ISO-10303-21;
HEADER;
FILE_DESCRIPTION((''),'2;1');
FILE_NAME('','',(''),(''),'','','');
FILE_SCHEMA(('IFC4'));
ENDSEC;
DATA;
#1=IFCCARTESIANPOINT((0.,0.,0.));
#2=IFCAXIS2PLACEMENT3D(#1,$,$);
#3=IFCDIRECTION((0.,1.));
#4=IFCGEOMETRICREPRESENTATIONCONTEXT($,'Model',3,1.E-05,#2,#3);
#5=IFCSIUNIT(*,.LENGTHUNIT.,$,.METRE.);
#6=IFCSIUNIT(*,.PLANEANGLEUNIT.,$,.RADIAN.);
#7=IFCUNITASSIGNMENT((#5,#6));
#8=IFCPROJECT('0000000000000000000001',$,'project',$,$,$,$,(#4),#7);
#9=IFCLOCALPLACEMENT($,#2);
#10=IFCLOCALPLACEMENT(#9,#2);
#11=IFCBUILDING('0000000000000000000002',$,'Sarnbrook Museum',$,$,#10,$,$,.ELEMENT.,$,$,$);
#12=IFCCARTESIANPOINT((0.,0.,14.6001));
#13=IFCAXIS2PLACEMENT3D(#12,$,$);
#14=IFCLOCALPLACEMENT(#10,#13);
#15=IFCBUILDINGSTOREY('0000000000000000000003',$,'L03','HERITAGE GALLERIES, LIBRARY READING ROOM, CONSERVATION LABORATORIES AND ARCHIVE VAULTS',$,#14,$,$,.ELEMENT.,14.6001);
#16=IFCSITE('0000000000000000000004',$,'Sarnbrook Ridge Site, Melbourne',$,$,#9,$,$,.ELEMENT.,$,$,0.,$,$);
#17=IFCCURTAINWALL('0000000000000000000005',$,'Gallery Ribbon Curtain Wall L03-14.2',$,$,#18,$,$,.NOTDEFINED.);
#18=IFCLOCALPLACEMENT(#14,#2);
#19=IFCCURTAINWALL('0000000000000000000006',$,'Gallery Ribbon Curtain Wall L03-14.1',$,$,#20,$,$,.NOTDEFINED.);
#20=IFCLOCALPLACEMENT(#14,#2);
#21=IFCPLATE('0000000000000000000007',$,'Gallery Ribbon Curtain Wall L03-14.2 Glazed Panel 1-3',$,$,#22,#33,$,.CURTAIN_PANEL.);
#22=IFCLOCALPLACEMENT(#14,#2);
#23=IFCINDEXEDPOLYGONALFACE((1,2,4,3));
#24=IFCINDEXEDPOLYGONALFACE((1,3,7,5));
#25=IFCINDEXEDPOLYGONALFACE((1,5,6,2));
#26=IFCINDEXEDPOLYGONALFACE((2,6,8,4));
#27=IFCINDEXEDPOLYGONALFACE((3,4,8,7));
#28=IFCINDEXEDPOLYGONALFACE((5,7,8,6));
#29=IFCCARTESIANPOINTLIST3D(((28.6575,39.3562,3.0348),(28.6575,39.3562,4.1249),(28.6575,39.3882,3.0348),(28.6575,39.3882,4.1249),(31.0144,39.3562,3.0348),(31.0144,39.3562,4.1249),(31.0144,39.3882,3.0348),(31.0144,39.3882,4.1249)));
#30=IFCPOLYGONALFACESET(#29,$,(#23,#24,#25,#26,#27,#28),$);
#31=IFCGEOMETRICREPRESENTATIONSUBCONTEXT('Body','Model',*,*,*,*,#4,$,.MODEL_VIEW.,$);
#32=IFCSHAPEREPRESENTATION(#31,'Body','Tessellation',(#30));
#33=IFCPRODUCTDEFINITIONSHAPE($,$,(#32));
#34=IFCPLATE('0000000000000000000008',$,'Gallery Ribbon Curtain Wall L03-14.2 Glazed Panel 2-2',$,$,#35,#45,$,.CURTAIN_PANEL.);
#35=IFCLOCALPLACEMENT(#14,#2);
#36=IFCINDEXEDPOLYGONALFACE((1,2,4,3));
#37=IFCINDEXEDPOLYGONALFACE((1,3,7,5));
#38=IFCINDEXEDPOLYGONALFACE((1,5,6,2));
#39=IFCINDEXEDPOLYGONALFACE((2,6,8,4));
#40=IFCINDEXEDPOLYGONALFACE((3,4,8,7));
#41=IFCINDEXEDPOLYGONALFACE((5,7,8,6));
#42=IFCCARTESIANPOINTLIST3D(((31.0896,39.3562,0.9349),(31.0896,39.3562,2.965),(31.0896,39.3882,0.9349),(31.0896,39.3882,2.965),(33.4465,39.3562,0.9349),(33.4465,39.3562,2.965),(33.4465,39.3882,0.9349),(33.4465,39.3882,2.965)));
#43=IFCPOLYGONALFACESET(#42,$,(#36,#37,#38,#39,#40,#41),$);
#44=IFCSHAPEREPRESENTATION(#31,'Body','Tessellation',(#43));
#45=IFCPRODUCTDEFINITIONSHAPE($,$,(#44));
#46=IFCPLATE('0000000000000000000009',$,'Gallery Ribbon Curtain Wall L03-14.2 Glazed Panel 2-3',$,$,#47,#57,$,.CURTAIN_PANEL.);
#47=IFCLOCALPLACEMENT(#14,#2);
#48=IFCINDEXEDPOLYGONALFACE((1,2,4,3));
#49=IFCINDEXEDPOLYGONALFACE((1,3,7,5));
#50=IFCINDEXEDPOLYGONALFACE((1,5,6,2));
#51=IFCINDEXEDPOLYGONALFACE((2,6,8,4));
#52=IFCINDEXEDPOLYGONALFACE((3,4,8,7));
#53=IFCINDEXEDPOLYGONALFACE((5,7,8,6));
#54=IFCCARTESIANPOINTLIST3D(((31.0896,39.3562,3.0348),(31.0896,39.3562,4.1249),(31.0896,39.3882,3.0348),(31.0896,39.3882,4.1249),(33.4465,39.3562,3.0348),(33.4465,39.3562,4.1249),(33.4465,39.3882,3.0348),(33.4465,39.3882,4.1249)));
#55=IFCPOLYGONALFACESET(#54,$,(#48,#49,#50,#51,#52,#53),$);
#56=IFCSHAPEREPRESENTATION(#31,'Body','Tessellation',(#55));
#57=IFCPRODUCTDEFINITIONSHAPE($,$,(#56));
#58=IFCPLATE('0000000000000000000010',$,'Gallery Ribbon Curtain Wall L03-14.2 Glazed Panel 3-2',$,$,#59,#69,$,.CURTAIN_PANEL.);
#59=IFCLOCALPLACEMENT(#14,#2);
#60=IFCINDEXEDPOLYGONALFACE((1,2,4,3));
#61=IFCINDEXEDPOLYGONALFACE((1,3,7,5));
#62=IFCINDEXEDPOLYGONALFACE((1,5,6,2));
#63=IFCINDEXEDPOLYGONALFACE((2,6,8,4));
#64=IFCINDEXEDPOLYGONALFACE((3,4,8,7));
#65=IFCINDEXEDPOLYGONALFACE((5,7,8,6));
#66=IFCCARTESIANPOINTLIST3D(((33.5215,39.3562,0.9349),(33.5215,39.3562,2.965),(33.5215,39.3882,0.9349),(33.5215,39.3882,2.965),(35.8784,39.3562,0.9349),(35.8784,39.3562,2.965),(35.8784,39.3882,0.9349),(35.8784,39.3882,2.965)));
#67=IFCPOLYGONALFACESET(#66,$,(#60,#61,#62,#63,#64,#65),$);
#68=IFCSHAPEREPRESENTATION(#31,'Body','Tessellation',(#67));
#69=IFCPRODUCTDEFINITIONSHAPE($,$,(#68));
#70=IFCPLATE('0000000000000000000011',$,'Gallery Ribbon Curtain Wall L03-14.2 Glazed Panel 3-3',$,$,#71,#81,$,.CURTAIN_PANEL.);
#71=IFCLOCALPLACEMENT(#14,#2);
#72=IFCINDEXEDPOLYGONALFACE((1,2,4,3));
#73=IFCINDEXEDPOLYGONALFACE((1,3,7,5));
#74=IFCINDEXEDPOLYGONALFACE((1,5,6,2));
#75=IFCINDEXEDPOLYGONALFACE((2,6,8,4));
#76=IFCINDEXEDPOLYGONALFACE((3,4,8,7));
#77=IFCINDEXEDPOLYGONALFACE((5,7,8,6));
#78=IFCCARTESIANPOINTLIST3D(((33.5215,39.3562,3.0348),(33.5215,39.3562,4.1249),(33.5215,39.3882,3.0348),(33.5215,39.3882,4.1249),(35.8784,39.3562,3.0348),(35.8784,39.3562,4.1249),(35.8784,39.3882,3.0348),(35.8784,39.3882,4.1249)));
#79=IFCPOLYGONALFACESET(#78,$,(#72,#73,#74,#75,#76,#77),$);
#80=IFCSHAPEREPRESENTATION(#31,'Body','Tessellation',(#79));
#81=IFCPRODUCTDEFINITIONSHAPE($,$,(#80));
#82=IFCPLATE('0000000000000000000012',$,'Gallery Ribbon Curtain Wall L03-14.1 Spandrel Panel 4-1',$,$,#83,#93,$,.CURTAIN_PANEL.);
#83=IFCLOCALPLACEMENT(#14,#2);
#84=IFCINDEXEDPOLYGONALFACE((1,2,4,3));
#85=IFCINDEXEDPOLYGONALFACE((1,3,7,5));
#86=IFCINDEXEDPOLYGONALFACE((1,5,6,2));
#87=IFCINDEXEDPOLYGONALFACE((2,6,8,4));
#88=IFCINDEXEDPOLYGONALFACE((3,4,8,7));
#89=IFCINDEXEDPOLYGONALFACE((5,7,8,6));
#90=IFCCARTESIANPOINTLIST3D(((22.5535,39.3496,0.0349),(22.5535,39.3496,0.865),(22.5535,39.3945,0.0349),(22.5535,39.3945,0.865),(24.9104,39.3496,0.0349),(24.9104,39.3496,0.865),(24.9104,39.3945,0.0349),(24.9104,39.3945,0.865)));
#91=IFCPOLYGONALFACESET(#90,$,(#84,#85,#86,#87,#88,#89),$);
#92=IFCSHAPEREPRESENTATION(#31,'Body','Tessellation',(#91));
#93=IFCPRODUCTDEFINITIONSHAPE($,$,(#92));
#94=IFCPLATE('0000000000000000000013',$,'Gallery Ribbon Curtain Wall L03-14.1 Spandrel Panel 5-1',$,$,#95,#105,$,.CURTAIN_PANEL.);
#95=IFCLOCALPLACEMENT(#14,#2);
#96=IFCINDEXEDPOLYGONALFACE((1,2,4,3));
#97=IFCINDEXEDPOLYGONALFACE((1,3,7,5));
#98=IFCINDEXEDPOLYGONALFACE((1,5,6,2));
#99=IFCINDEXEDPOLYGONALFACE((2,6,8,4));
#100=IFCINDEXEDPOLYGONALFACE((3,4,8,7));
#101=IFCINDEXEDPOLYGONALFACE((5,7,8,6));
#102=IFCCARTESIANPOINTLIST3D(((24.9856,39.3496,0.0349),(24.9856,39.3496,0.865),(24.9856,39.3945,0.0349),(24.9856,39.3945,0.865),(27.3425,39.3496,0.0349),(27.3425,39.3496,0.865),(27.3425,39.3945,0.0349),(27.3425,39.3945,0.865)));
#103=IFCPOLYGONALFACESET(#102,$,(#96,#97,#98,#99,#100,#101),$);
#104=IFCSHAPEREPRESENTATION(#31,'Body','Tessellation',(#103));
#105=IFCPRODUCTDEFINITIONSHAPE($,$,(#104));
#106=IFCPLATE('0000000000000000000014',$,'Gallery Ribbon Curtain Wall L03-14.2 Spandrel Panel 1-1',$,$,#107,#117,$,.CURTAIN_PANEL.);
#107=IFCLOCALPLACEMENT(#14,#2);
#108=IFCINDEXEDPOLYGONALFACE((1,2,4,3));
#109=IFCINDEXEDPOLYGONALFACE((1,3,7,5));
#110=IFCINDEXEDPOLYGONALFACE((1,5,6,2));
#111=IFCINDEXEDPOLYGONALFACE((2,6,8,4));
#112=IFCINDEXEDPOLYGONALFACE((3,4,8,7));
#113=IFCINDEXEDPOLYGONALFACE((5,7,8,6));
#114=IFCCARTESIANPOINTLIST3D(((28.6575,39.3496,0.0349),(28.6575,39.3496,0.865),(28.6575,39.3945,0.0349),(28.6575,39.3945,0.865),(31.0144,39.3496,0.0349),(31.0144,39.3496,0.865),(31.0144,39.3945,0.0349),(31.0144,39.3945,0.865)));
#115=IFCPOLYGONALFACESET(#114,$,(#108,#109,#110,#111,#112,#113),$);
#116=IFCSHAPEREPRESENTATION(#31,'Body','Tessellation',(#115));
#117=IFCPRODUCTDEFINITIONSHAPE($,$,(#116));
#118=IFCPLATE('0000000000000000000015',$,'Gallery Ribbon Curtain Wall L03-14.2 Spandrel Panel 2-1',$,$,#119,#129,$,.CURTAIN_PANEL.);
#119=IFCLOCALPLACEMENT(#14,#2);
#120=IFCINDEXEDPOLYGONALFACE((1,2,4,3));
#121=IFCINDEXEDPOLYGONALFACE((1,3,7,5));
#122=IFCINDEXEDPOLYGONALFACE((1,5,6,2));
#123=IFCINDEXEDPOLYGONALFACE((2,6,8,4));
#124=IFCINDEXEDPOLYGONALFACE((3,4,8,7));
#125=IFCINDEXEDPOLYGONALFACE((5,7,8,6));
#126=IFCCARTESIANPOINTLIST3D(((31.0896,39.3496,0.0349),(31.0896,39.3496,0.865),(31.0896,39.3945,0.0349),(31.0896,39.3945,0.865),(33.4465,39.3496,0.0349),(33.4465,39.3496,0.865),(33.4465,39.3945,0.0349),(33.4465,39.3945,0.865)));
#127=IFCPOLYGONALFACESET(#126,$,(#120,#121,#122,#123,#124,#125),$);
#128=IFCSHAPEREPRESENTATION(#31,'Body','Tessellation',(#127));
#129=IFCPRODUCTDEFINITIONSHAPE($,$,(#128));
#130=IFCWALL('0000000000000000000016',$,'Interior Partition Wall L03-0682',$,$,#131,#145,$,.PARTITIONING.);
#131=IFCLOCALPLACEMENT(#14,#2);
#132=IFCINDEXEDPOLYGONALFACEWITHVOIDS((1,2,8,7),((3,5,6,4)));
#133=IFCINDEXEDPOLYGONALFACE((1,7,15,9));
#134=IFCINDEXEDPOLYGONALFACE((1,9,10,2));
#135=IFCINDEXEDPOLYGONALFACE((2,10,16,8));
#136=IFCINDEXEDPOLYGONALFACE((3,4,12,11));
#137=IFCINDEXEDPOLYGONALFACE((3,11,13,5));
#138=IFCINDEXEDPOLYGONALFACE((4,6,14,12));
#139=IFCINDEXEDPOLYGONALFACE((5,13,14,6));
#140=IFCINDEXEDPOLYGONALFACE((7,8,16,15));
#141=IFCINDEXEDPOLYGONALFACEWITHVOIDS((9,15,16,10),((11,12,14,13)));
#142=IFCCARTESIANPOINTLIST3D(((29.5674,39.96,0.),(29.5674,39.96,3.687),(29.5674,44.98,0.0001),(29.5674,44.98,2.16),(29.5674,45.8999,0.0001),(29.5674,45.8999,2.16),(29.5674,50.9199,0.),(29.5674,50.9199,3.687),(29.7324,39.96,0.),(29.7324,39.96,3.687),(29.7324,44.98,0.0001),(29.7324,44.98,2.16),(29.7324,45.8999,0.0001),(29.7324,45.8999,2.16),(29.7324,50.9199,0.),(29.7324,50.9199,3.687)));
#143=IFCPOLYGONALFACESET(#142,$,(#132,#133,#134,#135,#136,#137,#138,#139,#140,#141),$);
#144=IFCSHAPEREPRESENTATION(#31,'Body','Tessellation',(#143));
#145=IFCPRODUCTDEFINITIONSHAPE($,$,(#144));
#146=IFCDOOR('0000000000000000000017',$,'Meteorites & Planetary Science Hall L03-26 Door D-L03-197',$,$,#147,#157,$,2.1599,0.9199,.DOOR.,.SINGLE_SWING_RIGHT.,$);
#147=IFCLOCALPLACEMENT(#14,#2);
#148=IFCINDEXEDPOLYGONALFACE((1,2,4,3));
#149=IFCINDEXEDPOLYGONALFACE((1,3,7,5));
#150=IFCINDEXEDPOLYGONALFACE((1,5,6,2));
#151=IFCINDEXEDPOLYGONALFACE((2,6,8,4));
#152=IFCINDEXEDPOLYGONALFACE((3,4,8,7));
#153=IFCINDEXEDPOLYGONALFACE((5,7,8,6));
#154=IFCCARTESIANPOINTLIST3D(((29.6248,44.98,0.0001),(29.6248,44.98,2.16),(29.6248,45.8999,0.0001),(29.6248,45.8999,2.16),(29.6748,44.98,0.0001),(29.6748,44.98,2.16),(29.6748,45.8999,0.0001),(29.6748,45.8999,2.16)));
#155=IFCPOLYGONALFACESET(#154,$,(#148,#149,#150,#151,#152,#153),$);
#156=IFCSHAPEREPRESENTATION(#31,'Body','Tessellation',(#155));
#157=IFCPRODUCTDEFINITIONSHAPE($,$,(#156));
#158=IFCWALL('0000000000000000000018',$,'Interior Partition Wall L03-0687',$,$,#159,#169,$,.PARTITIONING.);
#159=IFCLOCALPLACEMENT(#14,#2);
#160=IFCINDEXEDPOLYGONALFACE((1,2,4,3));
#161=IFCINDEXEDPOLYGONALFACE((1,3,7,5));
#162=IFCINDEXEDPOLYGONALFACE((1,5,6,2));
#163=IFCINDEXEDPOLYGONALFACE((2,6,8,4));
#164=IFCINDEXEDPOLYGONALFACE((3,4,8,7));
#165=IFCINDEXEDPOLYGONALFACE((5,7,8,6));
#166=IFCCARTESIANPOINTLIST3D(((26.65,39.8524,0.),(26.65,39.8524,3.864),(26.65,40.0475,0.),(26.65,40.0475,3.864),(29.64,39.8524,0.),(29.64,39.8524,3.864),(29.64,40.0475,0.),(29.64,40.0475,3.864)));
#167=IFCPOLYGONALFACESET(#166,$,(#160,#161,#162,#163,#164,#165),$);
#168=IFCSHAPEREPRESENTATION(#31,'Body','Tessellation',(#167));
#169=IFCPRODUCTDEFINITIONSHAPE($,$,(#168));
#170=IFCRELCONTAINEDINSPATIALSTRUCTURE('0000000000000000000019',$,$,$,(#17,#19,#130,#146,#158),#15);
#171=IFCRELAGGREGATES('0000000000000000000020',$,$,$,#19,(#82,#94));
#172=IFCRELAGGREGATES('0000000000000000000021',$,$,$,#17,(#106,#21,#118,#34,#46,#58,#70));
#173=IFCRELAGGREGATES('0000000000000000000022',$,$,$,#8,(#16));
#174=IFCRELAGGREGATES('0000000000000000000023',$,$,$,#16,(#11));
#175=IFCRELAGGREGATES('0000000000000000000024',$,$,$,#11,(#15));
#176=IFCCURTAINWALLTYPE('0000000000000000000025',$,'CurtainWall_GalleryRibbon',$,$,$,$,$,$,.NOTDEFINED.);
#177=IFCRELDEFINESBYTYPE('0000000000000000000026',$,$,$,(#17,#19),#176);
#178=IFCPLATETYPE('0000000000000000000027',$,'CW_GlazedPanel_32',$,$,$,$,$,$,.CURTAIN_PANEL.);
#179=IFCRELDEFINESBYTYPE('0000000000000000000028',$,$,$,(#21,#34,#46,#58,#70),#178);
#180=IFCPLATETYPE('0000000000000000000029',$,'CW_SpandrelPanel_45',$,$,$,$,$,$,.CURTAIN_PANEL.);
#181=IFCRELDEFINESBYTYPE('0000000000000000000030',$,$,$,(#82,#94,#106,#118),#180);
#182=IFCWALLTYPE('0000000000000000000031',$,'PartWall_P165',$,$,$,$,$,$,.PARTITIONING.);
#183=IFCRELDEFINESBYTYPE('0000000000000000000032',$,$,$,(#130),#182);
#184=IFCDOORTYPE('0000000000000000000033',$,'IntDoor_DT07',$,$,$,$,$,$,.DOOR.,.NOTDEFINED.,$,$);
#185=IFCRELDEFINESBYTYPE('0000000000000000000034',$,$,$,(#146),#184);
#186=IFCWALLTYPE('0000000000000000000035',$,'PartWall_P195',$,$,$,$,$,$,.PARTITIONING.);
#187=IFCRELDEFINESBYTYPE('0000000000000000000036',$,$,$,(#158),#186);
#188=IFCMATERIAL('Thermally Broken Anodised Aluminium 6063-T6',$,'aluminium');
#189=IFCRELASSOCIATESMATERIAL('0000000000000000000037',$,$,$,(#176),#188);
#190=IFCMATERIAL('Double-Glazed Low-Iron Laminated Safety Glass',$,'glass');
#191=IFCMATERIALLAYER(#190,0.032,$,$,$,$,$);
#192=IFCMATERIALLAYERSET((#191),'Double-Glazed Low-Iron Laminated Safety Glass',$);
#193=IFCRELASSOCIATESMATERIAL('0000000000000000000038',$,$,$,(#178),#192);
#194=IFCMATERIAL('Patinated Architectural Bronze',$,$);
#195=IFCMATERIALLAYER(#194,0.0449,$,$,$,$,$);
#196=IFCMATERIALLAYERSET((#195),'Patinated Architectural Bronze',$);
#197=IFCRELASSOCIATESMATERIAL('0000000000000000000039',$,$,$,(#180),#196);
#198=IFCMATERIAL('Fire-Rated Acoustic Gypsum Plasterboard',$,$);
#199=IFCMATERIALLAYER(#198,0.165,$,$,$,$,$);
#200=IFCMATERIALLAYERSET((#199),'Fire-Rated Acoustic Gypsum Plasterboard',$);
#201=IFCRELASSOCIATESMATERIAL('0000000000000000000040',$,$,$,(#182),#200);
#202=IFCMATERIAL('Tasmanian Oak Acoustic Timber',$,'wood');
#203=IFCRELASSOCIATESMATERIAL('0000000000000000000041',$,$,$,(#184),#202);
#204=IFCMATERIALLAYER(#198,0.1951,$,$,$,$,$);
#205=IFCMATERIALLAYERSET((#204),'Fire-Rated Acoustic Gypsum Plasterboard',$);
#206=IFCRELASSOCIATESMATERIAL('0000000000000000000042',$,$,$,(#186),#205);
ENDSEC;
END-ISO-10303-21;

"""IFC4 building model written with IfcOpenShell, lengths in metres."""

from ifc_helpers import new_model, si_unit, direction, frame, frame_2d, origin, origin_2d, place, context, subcontext, project, spatial, rectangle, extrude, material, layer, layer_set, type_object, element, fill, aggregate, save


model = new_model("IFC4")

# Units and contexts
model_context = context("Model", 3, precision=1e-05, world=origin(), true_north=direction((0.0, 1.0)))
body_context = subcontext(model_context, "Body", "Model", "MODEL_VIEW")
ifc_project = project(units=[si_unit("LENGTHUNIT", "METRE"), si_unit("PLANEANGLEUNIT", "RADIAN")], contexts=[model_context])

# Site, building, storey
site_placement = place(None, origin())
site = spatial("IfcSite", under=ifc_project, at=site_placement, Name="Sarnbrook Ridge Site, Melbourne", CompositionType="ELEMENT", RefElevation=0.0)
building_placement = place(site_placement, origin())
building = spatial("IfcBuilding", under=site, at=building_placement, Name="Sarnbrook Museum", CompositionType="ELEMENT")
storey_placement = place(building_placement, frame((0.0, 0.0, 14.6001)))
storey = spatial("IfcBuildingStorey", under=building, at=storey_placement, Name="L03", Description="HERITAGE GALLERIES, LIBRARY READING ROOM, CONSERVATION LABORATORIES AND ARCHIVE VAULTS", CompositionType="ELEMENT", Elevation=14.6001)

# Curtain wall
ifc_material_1 = material(Name="Thermally Broken Anodised Aluminium 6063-T6", Category="aluminium")
curtain_wall_type = type_object("IfcCurtainWallType", Name="CurtainWall_GalleryRibbon", PredefinedType="NOTDEFINED", material=ifc_material_1)
curtain_wall_1_placement = place(storey_placement, origin())
curtain_wall_1 = element("IfcCurtainWall", 1, at=curtain_wall_1_placement, inside=storey, type_object=curtain_wall_type, Name="Gallery Ribbon Curtain Wall L03-14.2", PredefinedType="NOTDEFINED")

# Curtain wall
curtain_wall_2_placement = place(storey_placement, origin())
curtain_wall_2 = element("IfcCurtainWall", 2, at=curtain_wall_2_placement, inside=storey, type_object=curtain_wall_type, Name="Gallery Ribbon Curtain Wall L03-14.1", PredefinedType="NOTDEFINED")
ifc_material_2 = material(Name="Double-Glazed Low-Iron Laminated Safety Glass", Category="glass")
ifc_layer_1 = layer(ifc_material_2, 0.032)
ifc_layer_set_1 = layer_set([ifc_layer_1], Name="Double-Glazed Low-Iron Laminated Safety Glass")
plate_type_1 = type_object("IfcPlateType", Name="CW_GlazedPanel_32", PredefinedType="CURTAIN_PANEL", material=ifc_layer_set_1)

# Plates
plate_1_placement = place(storey_placement, frame((29.8359, 39.3882, 3.5798), z_axis=(0.0, -1.0, 0.0), x_axis=(1.0, 0.0, 0.0)))
plate_1 = element("IfcPlate", 3, at=plate_1_placement, type_object=plate_type_1, Name="Gallery Ribbon Curtain Wall L03-14.2 Glazed Panel 1-3", PredefinedType="CURTAIN_PANEL", context=body_context, shape_type="SweptSolid", body=[
    extrude(rectangle(XDim=2.3569, YDim=1.0901, at=origin_2d()), origin(), (0.0, 0.0, 1.0), 0.032),
])
plate_2_placement = place(storey_placement, frame((32.2681, 39.3882, 1.95), z_axis=(0.0, -1.0, 0.0), x_axis=(1.0, 0.0, 0.0)))
plate_2 = element("IfcPlate", 4, at=plate_2_placement, type_object=plate_type_1, Name="Gallery Ribbon Curtain Wall L03-14.2 Glazed Panel 2-2", PredefinedType="CURTAIN_PANEL", context=body_context, shape_type="SweptSolid", body=[
    extrude(rectangle(XDim=2.3569, YDim=2.03, at=origin_2d()), origin(), (0.0, 0.0, 1.0), 0.032),
])
plate_3_placement = place(storey_placement, frame((32.2681, 39.3882, 3.5798), z_axis=(0.0, -1.0, 0.0), x_axis=(1.0, 0.0, 0.0)))
plate_3 = element("IfcPlate", 5, at=plate_3_placement, type_object=plate_type_1, Name="Gallery Ribbon Curtain Wall L03-14.2 Glazed Panel 2-3", PredefinedType="CURTAIN_PANEL", context=body_context, shape_type="SweptSolid", body=[
    extrude(rectangle(XDim=2.3569, YDim=1.0901, at=origin_2d()), origin(), (0.0, 0.0, 1.0), 0.032),
])
plate_4_placement = place(storey_placement, frame((34.7, 39.3882, 1.95), z_axis=(0.0, -1.0, 0.0), x_axis=(1.0, 0.0, 0.0)))
plate_4 = element("IfcPlate", 6, at=plate_4_placement, type_object=plate_type_1, Name="Gallery Ribbon Curtain Wall L03-14.2 Glazed Panel 3-2", PredefinedType="CURTAIN_PANEL", context=body_context, shape_type="SweptSolid", body=[
    extrude(rectangle(XDim=2.3569, YDim=2.03, at=origin_2d()), origin(), (0.0, 0.0, 1.0), 0.032),
])
plate_5_placement = place(storey_placement, frame((34.7, 39.3882, 3.5798), z_axis=(0.0, -1.0, 0.0), x_axis=(1.0, 0.0, 0.0)))
plate_5 = element("IfcPlate", 7, at=plate_5_placement, type_object=plate_type_1, Name="Gallery Ribbon Curtain Wall L03-14.2 Glazed Panel 3-3", PredefinedType="CURTAIN_PANEL", context=body_context, shape_type="SweptSolid", body=[
    extrude(rectangle(XDim=2.3569, YDim=1.0901, at=origin_2d()), origin(), (0.0, 0.0, 1.0), 0.032),
])
ifc_material_3 = material(Name="Patinated Architectural Bronze")
ifc_layer_2 = layer(ifc_material_3, 0.0449)
ifc_layer_set_2 = layer_set([ifc_layer_2], Name="Patinated Architectural Bronze")
plate_type_2 = type_object("IfcPlateType", Name="CW_SpandrelPanel_45", PredefinedType="CURTAIN_PANEL", material=ifc_layer_set_2)
plate_6_placement = place(storey_placement, frame((23.7319, 39.3945, 0.45), z_axis=(0.0, -1.0, 0.0), x_axis=(1.0, 0.0, 0.0)))
plate_6 = element("IfcPlate", 8, at=plate_6_placement, type_object=plate_type_2, Name="Gallery Ribbon Curtain Wall L03-14.1 Spandrel Panel 4-1", PredefinedType="CURTAIN_PANEL", context=body_context, shape_type="SweptSolid", body=[
    extrude(rectangle(XDim=2.3569, YDim=0.8301, at=origin_2d()), origin(), (0.0, 0.0, 1.0), 0.0449),
])
plate_7_placement = place(storey_placement, frame((26.1641, 39.3945, 0.45), z_axis=(0.0, -1.0, 0.0), x_axis=(1.0, 0.0, 0.0)))
plate_7 = element("IfcPlate", 9, at=plate_7_placement, type_object=plate_type_2, Name="Gallery Ribbon Curtain Wall L03-14.1 Spandrel Panel 5-1", PredefinedType="CURTAIN_PANEL", context=body_context, shape_type="SweptSolid", body=[
    extrude(rectangle(XDim=2.3569, YDim=0.8301, at=origin_2d()), origin(), (0.0, 0.0, 1.0), 0.0449),
])
aggregate(curtain_wall_2, [plate_6, plate_7])
plate_8_placement = place(storey_placement, frame((29.8359, 39.3945, 0.45), z_axis=(0.0, -1.0, 0.0), x_axis=(1.0, 0.0, 0.0)))
plate_8 = element("IfcPlate", 10, at=plate_8_placement, type_object=plate_type_2, Name="Gallery Ribbon Curtain Wall L03-14.2 Spandrel Panel 1-1", PredefinedType="CURTAIN_PANEL", context=body_context, shape_type="SweptSolid", body=[
    extrude(rectangle(XDim=2.3569, YDim=0.8301, at=origin_2d()), origin(), (0.0, 0.0, 1.0), 0.0449),
])
plate_9_placement = place(storey_placement, frame((32.2681, 39.3945, 0.45), z_axis=(0.0, -1.0, 0.0), x_axis=(1.0, 0.0, 0.0)))
plate_9 = element("IfcPlate", 11, at=plate_9_placement, type_object=plate_type_2, Name="Gallery Ribbon Curtain Wall L03-14.2 Spandrel Panel 2-1", PredefinedType="CURTAIN_PANEL", context=body_context, shape_type="SweptSolid", body=[
    extrude(rectangle(XDim=2.3569, YDim=0.8301, at=origin_2d()), origin(), (0.0, 0.0, 1.0), 0.0449),
])
aggregate(curtain_wall_1, [plate_8, plate_1, plate_9, plate_2, plate_3, plate_4, plate_5])

# Wall, opening, door
ifc_material_4 = material(Name="Fire-Rated Acoustic Gypsum Plasterboard")
ifc_layer_3 = layer(ifc_material_4, 0.165)
ifc_layer_set_3 = layer_set([ifc_layer_3], Name="Fire-Rated Acoustic Gypsum Plasterboard")
wall_type_1 = type_object("IfcWallType", Name="PartWall_P165", PredefinedType="PARTITIONING", material=ifc_layer_set_3)
wall_1_placement = place(storey_placement, frame((29.6499, 39.96, 0.0), z_axis=(0.0, 0.0, 1.0), x_axis=(0.0, 1.0, 0.0)))
wall_1 = element("IfcWall", 12, at=wall_1_placement, inside=storey, type_object=wall_type_1, Name="Interior Partition Wall L03-0682", PredefinedType="PARTITIONING", context=body_context, shape_type="SweptSolid", body=[
    extrude(rectangle(XDim=10.96, YDim=0.165, at=frame_2d((5.48, 0.0))), origin(), (0.0, 0.0, 1.0), 3.687),
])
opening_placement = place(wall_1_placement, frame((5.02, 0.0, 0.0)))
opening = element("IfcOpeningElement", 13, at=opening_placement, cuts=wall_1, PredefinedType="OPENING", context=body_context, shape_type="SweptSolid", body=[
    extrude(rectangle(XDim=0.9199, YDim=2.1599, at=frame_2d((0.46, 1.0801))), frame((0.0, 0.0925, 0.0), z_axis=(0.0, -1.0, 0.0), x_axis=(1.0, 0.0, 0.0)), (0.0, 0.0, 1.0), 0.1851),
])
ifc_material_5 = material(Name="Tasmanian Oak Acoustic Timber", Category="wood")
door_type = type_object("IfcDoorType", Name="IntDoor_DT07", OperationType="NOTDEFINED", PredefinedType="DOOR", material=ifc_material_5)
door_placement = place(opening_placement, frame((0.9199, 0.0, 0.0), z_axis=(0.0, 0.0, 1.0), x_axis=(-1.0, 0.0, 0.0)))
door = element("IfcDoor", 14, at=door_placement, inside=storey, type_object=door_type, Name="Meteorites & Planetary Science Hall L03-26 Door D-L03-197", OperationType="SINGLE_SWING_RIGHT", OverallHeight=2.1599, OverallWidth=0.9199, PredefinedType="DOOR", context=body_context, shape_type="SweptSolid", body=[
    extrude(rectangle(XDim=0.9199, YDim=2.1599, at=frame_2d((0.46, 1.0801))), frame((0.0, 0.0249, 0.0), z_axis=(0.0, -1.0, 0.0), x_axis=(1.0, 0.0, 0.0)), (0.0, 0.0, 1.0), 0.05),
])
fill(opening, door)

# Wall
ifc_layer_4 = layer(ifc_material_4, 0.1951)
ifc_layer_set_4 = layer_set([ifc_layer_4], Name="Fire-Rated Acoustic Gypsum Plasterboard")
wall_type_2 = type_object("IfcWallType", Name="PartWall_P195", PredefinedType="PARTITIONING", material=ifc_layer_set_4)
wall_2_placement = place(storey_placement, frame((26.6499, 39.95, 0.0), z_axis=(0.0, 0.0, 1.0), x_axis=(1.0, 0.0, 0.0)))
element("IfcWall", 15, at=wall_2_placement, inside=storey, type_object=wall_type_2, Name="Interior Partition Wall L03-0687", PredefinedType="PARTITIONING", context=body_context, shape_type="SweptSolid", body=[
    extrude(rectangle(XDim=2.99, YDim=0.1951, at=frame_2d((1.4951, 0.0))), origin(), (0.0, 0.0, 1.0), 3.864),
])

save(model, "model.ifc")
